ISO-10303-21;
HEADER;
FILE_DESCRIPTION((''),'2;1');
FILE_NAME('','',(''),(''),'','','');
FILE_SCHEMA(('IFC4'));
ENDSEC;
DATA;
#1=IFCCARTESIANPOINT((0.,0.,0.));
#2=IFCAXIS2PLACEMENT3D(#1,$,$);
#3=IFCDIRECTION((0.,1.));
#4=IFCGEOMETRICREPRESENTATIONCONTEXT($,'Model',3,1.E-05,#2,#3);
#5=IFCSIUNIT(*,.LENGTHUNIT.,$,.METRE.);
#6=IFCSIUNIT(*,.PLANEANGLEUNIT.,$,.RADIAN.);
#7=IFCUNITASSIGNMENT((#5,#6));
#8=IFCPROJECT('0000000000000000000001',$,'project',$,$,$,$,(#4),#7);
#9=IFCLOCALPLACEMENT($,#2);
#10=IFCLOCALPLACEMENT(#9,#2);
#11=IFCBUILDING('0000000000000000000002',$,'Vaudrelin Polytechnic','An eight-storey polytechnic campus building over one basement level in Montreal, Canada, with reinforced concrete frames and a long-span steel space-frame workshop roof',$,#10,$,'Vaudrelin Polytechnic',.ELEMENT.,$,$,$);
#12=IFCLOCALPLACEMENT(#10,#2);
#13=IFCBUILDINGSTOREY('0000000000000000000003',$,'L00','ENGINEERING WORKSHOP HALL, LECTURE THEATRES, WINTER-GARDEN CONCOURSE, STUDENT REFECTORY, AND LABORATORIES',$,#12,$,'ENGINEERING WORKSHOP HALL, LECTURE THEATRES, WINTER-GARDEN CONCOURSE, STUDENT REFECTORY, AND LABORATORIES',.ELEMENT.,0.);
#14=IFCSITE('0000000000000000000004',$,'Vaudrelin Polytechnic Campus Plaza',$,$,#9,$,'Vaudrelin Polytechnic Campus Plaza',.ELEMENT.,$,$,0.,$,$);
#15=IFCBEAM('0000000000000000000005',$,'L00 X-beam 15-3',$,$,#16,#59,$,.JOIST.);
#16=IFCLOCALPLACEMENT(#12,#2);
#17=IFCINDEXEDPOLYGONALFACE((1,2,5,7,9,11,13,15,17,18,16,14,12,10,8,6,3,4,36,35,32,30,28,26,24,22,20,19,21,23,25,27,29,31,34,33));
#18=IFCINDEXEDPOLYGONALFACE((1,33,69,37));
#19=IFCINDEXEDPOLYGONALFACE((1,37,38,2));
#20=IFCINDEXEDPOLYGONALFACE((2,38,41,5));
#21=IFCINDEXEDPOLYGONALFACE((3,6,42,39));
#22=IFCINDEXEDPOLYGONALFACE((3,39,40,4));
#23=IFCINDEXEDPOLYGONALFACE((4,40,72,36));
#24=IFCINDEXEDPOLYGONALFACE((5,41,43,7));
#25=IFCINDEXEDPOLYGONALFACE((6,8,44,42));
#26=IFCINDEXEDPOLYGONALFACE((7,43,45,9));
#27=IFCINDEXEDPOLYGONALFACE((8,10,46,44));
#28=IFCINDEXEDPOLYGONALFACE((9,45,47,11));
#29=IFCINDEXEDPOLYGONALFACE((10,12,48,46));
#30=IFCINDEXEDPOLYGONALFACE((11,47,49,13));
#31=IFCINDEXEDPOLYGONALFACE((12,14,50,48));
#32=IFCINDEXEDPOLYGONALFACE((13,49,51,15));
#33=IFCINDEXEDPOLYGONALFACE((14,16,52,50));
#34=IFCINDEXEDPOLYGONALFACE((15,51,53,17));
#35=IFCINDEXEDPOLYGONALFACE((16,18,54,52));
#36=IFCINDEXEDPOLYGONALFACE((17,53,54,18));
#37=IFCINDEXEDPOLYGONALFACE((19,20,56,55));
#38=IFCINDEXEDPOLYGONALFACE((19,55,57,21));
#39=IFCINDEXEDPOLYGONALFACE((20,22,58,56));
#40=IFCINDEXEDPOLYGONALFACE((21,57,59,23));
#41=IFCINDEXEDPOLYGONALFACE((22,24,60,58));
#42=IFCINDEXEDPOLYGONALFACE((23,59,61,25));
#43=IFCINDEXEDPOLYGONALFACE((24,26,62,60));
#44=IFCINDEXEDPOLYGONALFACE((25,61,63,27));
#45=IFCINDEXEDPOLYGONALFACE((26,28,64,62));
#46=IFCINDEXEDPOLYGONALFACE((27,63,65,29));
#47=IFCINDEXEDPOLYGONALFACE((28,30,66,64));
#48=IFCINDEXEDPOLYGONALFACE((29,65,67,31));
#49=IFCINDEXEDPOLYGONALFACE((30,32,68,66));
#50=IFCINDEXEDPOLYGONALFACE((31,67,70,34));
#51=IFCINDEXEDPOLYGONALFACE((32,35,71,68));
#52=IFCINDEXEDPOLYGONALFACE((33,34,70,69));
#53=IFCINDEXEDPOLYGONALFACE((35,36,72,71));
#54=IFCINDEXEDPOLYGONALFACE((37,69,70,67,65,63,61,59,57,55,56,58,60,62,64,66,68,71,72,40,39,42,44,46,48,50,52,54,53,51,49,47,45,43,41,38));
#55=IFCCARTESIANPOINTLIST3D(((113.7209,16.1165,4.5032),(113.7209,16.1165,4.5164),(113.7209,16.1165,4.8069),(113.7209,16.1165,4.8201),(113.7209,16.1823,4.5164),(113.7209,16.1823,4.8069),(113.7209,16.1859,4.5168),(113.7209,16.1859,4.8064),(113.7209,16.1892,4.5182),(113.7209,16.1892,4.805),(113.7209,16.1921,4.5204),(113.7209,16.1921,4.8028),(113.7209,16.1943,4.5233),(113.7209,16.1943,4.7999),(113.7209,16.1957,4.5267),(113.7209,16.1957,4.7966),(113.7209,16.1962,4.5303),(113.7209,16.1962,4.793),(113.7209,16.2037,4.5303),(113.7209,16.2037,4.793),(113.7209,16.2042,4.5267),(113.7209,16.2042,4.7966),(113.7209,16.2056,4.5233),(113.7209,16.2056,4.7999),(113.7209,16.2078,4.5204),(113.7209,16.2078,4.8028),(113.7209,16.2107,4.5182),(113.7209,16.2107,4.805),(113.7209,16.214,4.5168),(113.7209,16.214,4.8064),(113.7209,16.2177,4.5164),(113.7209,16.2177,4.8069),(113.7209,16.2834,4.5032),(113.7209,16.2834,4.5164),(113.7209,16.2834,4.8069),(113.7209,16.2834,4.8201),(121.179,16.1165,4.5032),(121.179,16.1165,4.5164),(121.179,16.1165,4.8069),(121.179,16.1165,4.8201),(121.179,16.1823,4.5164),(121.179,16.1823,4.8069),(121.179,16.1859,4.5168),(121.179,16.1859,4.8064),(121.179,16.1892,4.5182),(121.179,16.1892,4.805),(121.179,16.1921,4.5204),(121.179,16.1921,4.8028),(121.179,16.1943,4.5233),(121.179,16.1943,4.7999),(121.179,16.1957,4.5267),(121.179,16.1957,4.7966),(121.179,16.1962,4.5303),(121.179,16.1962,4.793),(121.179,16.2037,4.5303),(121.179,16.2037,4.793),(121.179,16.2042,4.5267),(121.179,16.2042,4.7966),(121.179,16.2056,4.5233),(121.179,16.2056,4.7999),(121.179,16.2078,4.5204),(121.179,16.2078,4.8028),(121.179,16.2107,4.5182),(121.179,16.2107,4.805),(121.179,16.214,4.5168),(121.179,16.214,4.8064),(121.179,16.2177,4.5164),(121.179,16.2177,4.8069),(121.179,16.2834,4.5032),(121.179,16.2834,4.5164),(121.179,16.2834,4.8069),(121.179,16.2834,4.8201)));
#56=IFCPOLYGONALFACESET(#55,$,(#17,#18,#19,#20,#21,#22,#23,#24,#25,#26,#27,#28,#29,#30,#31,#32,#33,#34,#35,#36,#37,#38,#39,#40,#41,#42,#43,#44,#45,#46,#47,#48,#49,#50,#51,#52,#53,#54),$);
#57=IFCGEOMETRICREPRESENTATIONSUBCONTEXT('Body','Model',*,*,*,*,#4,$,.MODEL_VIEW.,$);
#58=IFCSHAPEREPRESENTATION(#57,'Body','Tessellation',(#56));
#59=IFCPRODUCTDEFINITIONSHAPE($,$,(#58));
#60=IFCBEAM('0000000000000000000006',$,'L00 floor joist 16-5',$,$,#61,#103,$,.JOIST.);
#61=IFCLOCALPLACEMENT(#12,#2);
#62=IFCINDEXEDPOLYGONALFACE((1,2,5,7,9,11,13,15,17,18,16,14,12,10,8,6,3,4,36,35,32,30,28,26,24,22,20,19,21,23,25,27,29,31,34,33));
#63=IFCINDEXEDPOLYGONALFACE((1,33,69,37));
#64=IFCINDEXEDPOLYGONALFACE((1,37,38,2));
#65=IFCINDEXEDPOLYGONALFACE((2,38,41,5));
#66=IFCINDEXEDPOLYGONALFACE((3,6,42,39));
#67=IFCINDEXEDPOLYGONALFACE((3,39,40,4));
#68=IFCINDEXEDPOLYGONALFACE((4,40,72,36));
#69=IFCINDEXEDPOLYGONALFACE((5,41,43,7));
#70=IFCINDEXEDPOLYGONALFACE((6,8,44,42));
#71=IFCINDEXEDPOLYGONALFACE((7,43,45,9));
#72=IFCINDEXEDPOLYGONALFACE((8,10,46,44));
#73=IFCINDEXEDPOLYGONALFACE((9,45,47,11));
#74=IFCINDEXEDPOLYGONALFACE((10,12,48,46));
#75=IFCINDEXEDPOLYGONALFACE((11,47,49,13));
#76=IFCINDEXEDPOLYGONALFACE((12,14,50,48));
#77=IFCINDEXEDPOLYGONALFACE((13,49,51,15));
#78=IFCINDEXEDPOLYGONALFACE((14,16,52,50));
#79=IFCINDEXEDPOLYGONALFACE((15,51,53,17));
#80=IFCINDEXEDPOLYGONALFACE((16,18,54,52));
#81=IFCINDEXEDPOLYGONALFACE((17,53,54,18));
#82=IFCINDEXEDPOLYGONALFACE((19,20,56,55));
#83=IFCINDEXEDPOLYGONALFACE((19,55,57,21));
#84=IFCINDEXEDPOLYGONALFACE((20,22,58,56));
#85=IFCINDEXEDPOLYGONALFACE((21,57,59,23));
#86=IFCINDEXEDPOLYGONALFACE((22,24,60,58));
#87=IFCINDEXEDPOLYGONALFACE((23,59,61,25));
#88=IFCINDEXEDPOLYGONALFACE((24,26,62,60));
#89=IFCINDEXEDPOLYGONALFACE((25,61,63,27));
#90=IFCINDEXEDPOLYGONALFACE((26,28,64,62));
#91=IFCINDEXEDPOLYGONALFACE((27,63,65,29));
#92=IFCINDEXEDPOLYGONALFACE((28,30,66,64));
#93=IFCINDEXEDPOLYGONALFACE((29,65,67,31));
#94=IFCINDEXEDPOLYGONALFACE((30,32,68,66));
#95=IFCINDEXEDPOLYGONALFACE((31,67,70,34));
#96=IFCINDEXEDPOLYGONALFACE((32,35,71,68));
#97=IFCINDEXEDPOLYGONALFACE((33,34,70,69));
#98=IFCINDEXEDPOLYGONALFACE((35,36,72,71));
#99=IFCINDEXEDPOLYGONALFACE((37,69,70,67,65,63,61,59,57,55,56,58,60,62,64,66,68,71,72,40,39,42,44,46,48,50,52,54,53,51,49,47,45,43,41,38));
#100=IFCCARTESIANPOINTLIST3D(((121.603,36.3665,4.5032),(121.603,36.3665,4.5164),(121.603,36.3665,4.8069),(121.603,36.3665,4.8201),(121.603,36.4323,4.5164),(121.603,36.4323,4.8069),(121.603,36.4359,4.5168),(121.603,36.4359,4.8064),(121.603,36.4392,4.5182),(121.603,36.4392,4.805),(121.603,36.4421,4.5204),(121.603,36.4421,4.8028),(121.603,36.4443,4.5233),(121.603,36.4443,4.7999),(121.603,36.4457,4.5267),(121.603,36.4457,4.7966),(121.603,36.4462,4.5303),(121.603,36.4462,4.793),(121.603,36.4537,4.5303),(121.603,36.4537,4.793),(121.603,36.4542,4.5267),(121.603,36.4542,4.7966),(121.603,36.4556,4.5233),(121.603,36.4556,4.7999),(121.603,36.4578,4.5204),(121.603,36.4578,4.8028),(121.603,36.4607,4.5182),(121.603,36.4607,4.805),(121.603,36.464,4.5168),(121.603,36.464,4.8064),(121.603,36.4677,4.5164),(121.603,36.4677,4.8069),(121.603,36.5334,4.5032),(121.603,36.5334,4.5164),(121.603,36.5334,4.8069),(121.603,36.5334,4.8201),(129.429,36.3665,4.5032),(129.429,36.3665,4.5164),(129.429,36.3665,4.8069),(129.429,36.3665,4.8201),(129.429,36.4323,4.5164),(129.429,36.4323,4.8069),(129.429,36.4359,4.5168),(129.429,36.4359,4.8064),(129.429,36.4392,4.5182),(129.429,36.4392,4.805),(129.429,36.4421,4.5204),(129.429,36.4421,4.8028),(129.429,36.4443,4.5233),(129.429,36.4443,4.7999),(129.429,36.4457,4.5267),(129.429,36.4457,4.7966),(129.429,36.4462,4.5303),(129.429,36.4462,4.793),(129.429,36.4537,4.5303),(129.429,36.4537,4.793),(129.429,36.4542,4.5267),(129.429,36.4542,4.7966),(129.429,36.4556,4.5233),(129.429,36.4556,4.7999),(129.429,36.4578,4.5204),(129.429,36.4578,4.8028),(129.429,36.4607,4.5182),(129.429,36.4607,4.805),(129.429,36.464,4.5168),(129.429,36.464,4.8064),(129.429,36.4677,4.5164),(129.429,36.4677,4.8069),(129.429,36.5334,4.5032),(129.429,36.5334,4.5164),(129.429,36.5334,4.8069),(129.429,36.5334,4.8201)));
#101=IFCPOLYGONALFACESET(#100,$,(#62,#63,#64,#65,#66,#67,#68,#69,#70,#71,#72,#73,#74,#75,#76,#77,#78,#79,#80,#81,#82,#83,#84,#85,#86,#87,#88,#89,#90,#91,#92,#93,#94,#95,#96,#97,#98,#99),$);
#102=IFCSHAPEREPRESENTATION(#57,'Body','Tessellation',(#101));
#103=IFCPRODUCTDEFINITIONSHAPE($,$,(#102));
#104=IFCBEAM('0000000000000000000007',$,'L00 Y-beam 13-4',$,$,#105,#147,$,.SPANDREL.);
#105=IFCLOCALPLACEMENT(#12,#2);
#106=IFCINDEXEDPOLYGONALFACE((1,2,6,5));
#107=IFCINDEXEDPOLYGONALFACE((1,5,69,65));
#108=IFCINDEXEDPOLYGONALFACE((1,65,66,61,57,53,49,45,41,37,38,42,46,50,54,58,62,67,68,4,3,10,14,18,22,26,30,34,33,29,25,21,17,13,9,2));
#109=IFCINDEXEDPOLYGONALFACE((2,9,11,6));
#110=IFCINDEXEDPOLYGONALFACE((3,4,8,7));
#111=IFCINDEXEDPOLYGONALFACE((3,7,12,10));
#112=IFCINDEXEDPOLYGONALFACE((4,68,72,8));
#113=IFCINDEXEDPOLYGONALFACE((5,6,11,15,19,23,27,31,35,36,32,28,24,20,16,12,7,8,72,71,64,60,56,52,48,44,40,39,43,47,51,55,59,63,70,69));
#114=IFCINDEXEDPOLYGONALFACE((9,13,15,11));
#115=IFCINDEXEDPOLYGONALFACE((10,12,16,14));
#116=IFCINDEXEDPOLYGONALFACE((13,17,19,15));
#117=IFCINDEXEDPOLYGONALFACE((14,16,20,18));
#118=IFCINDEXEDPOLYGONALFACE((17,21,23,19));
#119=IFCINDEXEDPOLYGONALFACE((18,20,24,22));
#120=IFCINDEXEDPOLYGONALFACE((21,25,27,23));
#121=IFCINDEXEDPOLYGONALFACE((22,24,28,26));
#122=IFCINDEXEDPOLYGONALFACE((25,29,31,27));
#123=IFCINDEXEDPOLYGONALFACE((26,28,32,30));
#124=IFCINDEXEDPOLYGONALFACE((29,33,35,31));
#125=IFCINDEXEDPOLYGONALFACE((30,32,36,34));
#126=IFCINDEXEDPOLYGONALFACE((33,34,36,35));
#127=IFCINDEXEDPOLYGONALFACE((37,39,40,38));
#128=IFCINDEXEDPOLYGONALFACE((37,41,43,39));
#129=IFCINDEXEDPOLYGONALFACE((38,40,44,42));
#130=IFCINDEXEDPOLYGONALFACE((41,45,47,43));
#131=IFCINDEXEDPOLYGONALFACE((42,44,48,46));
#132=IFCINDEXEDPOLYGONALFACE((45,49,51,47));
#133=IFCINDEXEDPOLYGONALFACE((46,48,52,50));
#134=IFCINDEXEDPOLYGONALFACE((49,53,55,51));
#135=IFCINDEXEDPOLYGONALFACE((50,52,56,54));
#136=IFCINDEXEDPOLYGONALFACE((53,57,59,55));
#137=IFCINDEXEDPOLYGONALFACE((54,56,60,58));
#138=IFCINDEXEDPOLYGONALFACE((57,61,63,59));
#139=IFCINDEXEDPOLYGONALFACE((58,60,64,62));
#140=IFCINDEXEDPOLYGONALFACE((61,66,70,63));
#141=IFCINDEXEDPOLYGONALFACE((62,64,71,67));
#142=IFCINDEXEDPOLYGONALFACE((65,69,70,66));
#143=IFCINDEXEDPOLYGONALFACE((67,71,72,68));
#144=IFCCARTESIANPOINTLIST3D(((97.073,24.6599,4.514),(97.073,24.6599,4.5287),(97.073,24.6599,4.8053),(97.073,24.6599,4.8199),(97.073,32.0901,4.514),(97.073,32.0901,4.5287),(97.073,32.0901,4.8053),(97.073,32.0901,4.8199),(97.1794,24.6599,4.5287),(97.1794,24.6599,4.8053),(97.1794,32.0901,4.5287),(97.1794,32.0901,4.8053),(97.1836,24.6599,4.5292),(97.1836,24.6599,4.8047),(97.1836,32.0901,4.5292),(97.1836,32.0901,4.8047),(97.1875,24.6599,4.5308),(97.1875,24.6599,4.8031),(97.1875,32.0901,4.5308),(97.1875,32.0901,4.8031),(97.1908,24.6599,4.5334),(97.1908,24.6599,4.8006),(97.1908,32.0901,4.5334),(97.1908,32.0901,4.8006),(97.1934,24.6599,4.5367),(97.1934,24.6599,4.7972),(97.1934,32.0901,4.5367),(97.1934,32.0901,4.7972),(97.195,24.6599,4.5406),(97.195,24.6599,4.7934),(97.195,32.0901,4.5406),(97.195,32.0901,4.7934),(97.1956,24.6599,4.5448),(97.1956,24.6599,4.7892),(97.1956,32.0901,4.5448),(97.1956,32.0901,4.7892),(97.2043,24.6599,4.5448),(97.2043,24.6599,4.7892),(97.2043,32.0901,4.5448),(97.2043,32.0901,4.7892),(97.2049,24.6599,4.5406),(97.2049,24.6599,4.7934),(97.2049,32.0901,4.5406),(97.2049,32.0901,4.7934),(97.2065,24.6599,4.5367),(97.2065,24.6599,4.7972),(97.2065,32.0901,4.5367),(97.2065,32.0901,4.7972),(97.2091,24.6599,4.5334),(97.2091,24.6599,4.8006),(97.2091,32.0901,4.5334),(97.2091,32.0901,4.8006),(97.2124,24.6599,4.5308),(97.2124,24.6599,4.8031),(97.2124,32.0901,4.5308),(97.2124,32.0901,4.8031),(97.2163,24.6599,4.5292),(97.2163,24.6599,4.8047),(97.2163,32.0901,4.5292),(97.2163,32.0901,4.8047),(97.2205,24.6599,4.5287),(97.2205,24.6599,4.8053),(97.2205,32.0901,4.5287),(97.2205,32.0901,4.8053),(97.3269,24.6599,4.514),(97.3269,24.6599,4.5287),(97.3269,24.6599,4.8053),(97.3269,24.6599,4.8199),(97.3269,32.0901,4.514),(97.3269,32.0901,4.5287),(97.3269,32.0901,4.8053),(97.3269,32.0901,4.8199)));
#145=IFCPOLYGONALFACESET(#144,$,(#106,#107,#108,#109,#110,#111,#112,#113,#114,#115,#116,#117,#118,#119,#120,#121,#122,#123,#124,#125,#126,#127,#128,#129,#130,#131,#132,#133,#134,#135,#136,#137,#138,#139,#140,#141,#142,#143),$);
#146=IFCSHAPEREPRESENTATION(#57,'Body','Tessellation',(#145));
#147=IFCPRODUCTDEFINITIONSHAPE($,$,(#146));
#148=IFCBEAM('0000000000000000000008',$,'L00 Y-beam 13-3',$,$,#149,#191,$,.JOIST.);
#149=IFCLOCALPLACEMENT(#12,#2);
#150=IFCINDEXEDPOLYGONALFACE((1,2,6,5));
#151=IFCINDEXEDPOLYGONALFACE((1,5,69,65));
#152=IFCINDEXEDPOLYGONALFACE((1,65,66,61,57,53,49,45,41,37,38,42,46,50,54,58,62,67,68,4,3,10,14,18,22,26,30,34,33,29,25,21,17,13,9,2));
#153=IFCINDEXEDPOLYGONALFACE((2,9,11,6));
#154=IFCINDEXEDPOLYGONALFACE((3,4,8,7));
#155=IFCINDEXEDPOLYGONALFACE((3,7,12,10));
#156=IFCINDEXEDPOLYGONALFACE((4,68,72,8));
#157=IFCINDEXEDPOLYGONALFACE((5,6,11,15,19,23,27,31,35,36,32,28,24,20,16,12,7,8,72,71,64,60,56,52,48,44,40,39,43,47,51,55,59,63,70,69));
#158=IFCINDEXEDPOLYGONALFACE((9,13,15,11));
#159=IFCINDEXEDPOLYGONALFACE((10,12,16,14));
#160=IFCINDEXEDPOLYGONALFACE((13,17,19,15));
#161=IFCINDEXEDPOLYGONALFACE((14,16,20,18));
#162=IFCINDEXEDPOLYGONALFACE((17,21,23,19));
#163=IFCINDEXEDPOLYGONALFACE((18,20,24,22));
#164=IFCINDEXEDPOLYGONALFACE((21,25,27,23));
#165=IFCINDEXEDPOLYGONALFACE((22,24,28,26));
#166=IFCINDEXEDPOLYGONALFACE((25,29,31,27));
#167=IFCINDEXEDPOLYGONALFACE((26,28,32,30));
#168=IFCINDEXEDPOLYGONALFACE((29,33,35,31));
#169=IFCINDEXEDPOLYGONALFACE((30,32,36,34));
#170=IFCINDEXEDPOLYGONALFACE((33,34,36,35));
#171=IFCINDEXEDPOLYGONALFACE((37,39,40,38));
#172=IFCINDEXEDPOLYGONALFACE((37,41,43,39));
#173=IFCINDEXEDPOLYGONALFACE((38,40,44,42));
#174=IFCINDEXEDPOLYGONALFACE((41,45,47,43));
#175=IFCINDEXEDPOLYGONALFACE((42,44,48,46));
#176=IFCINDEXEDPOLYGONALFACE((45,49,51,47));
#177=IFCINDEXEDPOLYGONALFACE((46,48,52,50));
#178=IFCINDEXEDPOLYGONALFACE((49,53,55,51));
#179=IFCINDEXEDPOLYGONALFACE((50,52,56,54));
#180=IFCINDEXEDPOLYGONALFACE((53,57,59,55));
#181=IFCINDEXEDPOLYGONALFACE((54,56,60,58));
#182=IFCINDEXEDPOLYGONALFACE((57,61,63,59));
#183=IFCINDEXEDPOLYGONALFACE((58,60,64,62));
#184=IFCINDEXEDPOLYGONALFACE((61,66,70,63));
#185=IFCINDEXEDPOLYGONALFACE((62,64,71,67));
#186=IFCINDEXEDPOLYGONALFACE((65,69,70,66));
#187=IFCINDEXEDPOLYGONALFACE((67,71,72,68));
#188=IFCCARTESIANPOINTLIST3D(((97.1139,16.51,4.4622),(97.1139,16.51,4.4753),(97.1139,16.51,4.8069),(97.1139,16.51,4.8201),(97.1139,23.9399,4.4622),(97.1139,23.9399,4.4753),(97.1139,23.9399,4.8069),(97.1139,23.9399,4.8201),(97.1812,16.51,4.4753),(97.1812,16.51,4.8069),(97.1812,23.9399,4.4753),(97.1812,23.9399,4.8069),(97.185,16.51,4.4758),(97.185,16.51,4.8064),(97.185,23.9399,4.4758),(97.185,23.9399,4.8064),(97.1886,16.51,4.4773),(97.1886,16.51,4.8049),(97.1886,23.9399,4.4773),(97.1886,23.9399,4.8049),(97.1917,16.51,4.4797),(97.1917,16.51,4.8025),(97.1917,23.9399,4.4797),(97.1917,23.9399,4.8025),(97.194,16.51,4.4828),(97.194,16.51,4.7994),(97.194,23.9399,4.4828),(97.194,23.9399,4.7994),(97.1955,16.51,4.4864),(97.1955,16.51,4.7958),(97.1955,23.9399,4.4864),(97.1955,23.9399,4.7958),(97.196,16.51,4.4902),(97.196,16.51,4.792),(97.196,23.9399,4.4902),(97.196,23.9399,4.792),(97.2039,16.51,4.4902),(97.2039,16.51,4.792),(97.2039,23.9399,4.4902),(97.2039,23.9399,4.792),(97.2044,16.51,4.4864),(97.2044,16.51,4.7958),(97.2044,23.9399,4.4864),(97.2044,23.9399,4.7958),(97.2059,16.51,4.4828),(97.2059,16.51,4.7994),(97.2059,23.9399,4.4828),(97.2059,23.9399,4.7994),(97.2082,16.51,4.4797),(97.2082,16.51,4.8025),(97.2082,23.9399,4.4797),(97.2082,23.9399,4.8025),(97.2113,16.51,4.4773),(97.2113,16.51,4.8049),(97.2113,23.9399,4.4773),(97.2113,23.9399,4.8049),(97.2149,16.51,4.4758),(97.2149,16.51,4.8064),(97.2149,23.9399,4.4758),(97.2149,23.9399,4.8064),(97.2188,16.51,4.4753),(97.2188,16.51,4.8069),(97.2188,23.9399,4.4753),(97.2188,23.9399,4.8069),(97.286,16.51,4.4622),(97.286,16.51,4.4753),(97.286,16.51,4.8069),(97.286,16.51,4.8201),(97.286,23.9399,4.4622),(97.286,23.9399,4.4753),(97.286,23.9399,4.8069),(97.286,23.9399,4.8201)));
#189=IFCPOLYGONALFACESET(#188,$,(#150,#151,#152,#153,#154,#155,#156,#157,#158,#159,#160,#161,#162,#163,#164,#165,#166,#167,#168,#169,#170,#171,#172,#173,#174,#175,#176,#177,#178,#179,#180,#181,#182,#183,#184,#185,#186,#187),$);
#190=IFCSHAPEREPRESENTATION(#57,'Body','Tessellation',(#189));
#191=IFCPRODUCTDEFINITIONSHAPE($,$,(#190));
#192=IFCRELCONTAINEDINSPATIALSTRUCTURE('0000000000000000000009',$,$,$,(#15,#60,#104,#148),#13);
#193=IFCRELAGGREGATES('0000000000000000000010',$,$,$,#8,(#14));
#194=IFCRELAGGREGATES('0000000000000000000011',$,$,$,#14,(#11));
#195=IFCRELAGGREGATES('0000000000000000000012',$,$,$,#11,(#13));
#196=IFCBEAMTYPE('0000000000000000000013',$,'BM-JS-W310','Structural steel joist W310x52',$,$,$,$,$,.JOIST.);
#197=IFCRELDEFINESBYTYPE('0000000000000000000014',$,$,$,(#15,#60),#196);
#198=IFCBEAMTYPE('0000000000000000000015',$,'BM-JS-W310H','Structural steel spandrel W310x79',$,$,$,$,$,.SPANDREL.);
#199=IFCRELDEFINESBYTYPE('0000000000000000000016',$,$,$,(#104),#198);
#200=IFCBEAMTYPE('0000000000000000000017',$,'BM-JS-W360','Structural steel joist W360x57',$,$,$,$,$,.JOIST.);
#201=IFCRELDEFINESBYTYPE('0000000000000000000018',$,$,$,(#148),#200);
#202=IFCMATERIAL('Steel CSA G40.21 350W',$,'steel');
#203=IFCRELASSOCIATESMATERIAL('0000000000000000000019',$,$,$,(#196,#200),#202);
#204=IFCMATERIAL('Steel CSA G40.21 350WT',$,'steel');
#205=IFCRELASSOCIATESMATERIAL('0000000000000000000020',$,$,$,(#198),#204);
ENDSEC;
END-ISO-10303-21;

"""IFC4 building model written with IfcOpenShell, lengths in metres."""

from ifc_helpers import new_model, si_unit, direction, frame, origin, origin_2d, place, context, subcontext, project, spatial, i_section, extrude, material, material_profile, profile_set, type_object, element, save


model = new_model("IFC4")

# Units and contexts
model_context = context("Model", 3, precision=1e-05, world=origin(), true_north=direction((0.0, 1.0)))
body_context = subcontext(model_context, "Body", "Model", "MODEL_VIEW")
ifc_project = project(units=[si_unit("LENGTHUNIT", "METRE"), si_unit("PLANEANGLEUNIT", "RADIAN")], contexts=[model_context])

# Site, building, storey
site_placement = place(None, origin())
site = spatial("IfcSite", under=ifc_project, at=site_placement, Name="Vaudrelin Polytechnic Campus Plaza", LongName="Vaudrelin Polytechnic Campus Plaza", CompositionType="ELEMENT", RefElevation=0.0)
building_placement = place(site_placement, origin())
building = spatial("IfcBuilding", under=site, at=building_placement, Name="Vaudrelin Polytechnic", Description="An eight-storey polytechnic campus building over one basement level in Montreal, Canada, with reinforced concrete frames and a long-span steel space-frame workshop roof", LongName="Vaudrelin Polytechnic", CompositionType="ELEMENT")
storey_placement = place(building_placement, origin())
storey = spatial("IfcBuildingStorey", under=building, at=storey_placement, Name="L00", Description="ENGINEERING WORKSHOP HALL, LECTURE THEATRES, WINTER-GARDEN CONCOURSE, STUDENT REFECTORY, AND LABORATORIES", LongName="ENGINEERING WORKSHOP HALL, LECTURE THEATRES, WINTER-GARDEN CONCOURSE, STUDENT REFECTORY, AND LABORATORIES", CompositionType="ELEMENT", Elevation=0.0)

# Beams
ifc_material_1 = material(Name="Steel CSA G40.21 350W", Category="steel")
ifc_material_profile_1 = material_profile(ifc_material_1, i_section(OverallWidth=0.167, OverallDepth=0.3169, WebThickness=0.0076, FlangeThickness=0.0132, FilletRadius=0.0139, at=origin_2d()), Name="W310x52")
ifc_profile_set_1 = profile_set([ifc_material_profile_1], Name="Steel CSA G40.21 350W")
beam_type_1 = type_object("IfcBeamType", Name="BM-JS-W310", Description="Structural steel joist W310x52", PredefinedType="JOIST", material=ifc_profile_set_1)
for number, where, z_axis, x_axis, name in (
    (1, (113.7209, 16.2, 4.6616), (1.0, 0.0, 0.0), (0.0, 1.0, 0.0), "L00 X-beam 15-3"),
):
    element("IfcBeam", number, at=place(storey_placement, frame(where, z_axis=z_axis, x_axis=x_axis)), inside=storey, type_object=beam_type_1, Name=name, PredefinedType="JOIST", context=body_context, shape_type="SweptSolid", body=[
        extrude(i_section(OverallWidth=0.167, OverallDepth=0.3169, WebThickness=0.0076, FlangeThickness=0.0132, FilletRadius=0.0139, at=origin_2d()), origin(), (0.0, 0.0, 1.0), 7.458),
    ])
beam_1_placement = place(storey_placement, frame((121.603, 36.45, 4.6616), z_axis=(1.0, 0.0, 0.0), x_axis=(0.0, 1.0, 0.0)))
element("IfcBeam", 2, at=beam_1_placement, inside=storey, type_object=beam_type_1, Name="L00 floor joist 16-5", PredefinedType="JOIST", context=body_context, shape_type="SweptSolid", body=[
    extrude(i_section(OverallWidth=0.167, OverallDepth=0.3169, WebThickness=0.0076, FlangeThickness=0.0132, FilletRadius=0.0139, at=origin_2d()), origin(), (0.0, 0.0, 1.0), 7.8259),
])
ifc_material_2 = material(Name="Steel CSA G40.21 350WT", Category="steel")
ifc_material_profile_2 = material_profile(ifc_material_2, i_section(OverallWidth=0.2539, OverallDepth=0.3059, WebThickness=0.0088, FlangeThickness=0.0146, FilletRadius=0.0161, at=origin_2d()), Name="W310x79")
ifc_profile_set_2 = profile_set([ifc_material_profile_2], Name="Steel CSA G40.21 350WT")
beam_type_2 = type_object("IfcBeamType", Name="BM-JS-W310H", Description="Structural steel spandrel W310x79", PredefinedType="SPANDREL", material=ifc_profile_set_2)
beam_2_placement = place(storey_placement, frame((97.2, 24.6599, 4.667), z_axis=(0.0, 1.0, 0.0), x_axis=(-1.0, 0.0, 0.0)))
element("IfcBeam", 3, at=beam_2_placement, inside=storey, type_object=beam_type_2, Name="L00 Y-beam 13-4", PredefinedType="SPANDREL", context=body_context, shape_type="SweptSolid", body=[
    extrude(i_section(OverallWidth=0.2539, OverallDepth=0.3059, WebThickness=0.0088, FlangeThickness=0.0146, FilletRadius=0.0161, at=origin_2d()), origin(), (0.0, 0.0, 1.0), 7.4302),
])
ifc_material_profile_3 = material_profile(ifc_material_1, i_section(OverallWidth=0.1721, OverallDepth=0.3579, WebThickness=0.0078, FlangeThickness=0.0132, FilletRadius=0.0149, at=origin_2d()), Name="W360x57")
ifc_profile_set_3 = profile_set([ifc_material_profile_3], Name="Steel CSA G40.21 350W")
beam_type_3 = type_object("IfcBeamType", Name="BM-JS-W360", Description="Structural steel joist W360x57", PredefinedType="JOIST", material=ifc_profile_set_3)
beam_3_placement = place(storey_placement, frame((97.2, 16.51, 4.6411), z_axis=(0.0, 1.0, 0.0), x_axis=(-1.0, 0.0, 0.0)))
element("IfcBeam", 4, at=beam_3_placement, inside=storey, type_object=beam_type_3, Name="L00 Y-beam 13-3", PredefinedType="JOIST", context=body_context, shape_type="SweptSolid", body=[
    extrude(i_section(OverallWidth=0.1721, OverallDepth=0.3579, WebThickness=0.0078, FlangeThickness=0.0132, FilletRadius=0.0149, at=origin_2d()), origin(), (0.0, 0.0, 1.0), 7.4299),
])

save(model, "model.ifc")
